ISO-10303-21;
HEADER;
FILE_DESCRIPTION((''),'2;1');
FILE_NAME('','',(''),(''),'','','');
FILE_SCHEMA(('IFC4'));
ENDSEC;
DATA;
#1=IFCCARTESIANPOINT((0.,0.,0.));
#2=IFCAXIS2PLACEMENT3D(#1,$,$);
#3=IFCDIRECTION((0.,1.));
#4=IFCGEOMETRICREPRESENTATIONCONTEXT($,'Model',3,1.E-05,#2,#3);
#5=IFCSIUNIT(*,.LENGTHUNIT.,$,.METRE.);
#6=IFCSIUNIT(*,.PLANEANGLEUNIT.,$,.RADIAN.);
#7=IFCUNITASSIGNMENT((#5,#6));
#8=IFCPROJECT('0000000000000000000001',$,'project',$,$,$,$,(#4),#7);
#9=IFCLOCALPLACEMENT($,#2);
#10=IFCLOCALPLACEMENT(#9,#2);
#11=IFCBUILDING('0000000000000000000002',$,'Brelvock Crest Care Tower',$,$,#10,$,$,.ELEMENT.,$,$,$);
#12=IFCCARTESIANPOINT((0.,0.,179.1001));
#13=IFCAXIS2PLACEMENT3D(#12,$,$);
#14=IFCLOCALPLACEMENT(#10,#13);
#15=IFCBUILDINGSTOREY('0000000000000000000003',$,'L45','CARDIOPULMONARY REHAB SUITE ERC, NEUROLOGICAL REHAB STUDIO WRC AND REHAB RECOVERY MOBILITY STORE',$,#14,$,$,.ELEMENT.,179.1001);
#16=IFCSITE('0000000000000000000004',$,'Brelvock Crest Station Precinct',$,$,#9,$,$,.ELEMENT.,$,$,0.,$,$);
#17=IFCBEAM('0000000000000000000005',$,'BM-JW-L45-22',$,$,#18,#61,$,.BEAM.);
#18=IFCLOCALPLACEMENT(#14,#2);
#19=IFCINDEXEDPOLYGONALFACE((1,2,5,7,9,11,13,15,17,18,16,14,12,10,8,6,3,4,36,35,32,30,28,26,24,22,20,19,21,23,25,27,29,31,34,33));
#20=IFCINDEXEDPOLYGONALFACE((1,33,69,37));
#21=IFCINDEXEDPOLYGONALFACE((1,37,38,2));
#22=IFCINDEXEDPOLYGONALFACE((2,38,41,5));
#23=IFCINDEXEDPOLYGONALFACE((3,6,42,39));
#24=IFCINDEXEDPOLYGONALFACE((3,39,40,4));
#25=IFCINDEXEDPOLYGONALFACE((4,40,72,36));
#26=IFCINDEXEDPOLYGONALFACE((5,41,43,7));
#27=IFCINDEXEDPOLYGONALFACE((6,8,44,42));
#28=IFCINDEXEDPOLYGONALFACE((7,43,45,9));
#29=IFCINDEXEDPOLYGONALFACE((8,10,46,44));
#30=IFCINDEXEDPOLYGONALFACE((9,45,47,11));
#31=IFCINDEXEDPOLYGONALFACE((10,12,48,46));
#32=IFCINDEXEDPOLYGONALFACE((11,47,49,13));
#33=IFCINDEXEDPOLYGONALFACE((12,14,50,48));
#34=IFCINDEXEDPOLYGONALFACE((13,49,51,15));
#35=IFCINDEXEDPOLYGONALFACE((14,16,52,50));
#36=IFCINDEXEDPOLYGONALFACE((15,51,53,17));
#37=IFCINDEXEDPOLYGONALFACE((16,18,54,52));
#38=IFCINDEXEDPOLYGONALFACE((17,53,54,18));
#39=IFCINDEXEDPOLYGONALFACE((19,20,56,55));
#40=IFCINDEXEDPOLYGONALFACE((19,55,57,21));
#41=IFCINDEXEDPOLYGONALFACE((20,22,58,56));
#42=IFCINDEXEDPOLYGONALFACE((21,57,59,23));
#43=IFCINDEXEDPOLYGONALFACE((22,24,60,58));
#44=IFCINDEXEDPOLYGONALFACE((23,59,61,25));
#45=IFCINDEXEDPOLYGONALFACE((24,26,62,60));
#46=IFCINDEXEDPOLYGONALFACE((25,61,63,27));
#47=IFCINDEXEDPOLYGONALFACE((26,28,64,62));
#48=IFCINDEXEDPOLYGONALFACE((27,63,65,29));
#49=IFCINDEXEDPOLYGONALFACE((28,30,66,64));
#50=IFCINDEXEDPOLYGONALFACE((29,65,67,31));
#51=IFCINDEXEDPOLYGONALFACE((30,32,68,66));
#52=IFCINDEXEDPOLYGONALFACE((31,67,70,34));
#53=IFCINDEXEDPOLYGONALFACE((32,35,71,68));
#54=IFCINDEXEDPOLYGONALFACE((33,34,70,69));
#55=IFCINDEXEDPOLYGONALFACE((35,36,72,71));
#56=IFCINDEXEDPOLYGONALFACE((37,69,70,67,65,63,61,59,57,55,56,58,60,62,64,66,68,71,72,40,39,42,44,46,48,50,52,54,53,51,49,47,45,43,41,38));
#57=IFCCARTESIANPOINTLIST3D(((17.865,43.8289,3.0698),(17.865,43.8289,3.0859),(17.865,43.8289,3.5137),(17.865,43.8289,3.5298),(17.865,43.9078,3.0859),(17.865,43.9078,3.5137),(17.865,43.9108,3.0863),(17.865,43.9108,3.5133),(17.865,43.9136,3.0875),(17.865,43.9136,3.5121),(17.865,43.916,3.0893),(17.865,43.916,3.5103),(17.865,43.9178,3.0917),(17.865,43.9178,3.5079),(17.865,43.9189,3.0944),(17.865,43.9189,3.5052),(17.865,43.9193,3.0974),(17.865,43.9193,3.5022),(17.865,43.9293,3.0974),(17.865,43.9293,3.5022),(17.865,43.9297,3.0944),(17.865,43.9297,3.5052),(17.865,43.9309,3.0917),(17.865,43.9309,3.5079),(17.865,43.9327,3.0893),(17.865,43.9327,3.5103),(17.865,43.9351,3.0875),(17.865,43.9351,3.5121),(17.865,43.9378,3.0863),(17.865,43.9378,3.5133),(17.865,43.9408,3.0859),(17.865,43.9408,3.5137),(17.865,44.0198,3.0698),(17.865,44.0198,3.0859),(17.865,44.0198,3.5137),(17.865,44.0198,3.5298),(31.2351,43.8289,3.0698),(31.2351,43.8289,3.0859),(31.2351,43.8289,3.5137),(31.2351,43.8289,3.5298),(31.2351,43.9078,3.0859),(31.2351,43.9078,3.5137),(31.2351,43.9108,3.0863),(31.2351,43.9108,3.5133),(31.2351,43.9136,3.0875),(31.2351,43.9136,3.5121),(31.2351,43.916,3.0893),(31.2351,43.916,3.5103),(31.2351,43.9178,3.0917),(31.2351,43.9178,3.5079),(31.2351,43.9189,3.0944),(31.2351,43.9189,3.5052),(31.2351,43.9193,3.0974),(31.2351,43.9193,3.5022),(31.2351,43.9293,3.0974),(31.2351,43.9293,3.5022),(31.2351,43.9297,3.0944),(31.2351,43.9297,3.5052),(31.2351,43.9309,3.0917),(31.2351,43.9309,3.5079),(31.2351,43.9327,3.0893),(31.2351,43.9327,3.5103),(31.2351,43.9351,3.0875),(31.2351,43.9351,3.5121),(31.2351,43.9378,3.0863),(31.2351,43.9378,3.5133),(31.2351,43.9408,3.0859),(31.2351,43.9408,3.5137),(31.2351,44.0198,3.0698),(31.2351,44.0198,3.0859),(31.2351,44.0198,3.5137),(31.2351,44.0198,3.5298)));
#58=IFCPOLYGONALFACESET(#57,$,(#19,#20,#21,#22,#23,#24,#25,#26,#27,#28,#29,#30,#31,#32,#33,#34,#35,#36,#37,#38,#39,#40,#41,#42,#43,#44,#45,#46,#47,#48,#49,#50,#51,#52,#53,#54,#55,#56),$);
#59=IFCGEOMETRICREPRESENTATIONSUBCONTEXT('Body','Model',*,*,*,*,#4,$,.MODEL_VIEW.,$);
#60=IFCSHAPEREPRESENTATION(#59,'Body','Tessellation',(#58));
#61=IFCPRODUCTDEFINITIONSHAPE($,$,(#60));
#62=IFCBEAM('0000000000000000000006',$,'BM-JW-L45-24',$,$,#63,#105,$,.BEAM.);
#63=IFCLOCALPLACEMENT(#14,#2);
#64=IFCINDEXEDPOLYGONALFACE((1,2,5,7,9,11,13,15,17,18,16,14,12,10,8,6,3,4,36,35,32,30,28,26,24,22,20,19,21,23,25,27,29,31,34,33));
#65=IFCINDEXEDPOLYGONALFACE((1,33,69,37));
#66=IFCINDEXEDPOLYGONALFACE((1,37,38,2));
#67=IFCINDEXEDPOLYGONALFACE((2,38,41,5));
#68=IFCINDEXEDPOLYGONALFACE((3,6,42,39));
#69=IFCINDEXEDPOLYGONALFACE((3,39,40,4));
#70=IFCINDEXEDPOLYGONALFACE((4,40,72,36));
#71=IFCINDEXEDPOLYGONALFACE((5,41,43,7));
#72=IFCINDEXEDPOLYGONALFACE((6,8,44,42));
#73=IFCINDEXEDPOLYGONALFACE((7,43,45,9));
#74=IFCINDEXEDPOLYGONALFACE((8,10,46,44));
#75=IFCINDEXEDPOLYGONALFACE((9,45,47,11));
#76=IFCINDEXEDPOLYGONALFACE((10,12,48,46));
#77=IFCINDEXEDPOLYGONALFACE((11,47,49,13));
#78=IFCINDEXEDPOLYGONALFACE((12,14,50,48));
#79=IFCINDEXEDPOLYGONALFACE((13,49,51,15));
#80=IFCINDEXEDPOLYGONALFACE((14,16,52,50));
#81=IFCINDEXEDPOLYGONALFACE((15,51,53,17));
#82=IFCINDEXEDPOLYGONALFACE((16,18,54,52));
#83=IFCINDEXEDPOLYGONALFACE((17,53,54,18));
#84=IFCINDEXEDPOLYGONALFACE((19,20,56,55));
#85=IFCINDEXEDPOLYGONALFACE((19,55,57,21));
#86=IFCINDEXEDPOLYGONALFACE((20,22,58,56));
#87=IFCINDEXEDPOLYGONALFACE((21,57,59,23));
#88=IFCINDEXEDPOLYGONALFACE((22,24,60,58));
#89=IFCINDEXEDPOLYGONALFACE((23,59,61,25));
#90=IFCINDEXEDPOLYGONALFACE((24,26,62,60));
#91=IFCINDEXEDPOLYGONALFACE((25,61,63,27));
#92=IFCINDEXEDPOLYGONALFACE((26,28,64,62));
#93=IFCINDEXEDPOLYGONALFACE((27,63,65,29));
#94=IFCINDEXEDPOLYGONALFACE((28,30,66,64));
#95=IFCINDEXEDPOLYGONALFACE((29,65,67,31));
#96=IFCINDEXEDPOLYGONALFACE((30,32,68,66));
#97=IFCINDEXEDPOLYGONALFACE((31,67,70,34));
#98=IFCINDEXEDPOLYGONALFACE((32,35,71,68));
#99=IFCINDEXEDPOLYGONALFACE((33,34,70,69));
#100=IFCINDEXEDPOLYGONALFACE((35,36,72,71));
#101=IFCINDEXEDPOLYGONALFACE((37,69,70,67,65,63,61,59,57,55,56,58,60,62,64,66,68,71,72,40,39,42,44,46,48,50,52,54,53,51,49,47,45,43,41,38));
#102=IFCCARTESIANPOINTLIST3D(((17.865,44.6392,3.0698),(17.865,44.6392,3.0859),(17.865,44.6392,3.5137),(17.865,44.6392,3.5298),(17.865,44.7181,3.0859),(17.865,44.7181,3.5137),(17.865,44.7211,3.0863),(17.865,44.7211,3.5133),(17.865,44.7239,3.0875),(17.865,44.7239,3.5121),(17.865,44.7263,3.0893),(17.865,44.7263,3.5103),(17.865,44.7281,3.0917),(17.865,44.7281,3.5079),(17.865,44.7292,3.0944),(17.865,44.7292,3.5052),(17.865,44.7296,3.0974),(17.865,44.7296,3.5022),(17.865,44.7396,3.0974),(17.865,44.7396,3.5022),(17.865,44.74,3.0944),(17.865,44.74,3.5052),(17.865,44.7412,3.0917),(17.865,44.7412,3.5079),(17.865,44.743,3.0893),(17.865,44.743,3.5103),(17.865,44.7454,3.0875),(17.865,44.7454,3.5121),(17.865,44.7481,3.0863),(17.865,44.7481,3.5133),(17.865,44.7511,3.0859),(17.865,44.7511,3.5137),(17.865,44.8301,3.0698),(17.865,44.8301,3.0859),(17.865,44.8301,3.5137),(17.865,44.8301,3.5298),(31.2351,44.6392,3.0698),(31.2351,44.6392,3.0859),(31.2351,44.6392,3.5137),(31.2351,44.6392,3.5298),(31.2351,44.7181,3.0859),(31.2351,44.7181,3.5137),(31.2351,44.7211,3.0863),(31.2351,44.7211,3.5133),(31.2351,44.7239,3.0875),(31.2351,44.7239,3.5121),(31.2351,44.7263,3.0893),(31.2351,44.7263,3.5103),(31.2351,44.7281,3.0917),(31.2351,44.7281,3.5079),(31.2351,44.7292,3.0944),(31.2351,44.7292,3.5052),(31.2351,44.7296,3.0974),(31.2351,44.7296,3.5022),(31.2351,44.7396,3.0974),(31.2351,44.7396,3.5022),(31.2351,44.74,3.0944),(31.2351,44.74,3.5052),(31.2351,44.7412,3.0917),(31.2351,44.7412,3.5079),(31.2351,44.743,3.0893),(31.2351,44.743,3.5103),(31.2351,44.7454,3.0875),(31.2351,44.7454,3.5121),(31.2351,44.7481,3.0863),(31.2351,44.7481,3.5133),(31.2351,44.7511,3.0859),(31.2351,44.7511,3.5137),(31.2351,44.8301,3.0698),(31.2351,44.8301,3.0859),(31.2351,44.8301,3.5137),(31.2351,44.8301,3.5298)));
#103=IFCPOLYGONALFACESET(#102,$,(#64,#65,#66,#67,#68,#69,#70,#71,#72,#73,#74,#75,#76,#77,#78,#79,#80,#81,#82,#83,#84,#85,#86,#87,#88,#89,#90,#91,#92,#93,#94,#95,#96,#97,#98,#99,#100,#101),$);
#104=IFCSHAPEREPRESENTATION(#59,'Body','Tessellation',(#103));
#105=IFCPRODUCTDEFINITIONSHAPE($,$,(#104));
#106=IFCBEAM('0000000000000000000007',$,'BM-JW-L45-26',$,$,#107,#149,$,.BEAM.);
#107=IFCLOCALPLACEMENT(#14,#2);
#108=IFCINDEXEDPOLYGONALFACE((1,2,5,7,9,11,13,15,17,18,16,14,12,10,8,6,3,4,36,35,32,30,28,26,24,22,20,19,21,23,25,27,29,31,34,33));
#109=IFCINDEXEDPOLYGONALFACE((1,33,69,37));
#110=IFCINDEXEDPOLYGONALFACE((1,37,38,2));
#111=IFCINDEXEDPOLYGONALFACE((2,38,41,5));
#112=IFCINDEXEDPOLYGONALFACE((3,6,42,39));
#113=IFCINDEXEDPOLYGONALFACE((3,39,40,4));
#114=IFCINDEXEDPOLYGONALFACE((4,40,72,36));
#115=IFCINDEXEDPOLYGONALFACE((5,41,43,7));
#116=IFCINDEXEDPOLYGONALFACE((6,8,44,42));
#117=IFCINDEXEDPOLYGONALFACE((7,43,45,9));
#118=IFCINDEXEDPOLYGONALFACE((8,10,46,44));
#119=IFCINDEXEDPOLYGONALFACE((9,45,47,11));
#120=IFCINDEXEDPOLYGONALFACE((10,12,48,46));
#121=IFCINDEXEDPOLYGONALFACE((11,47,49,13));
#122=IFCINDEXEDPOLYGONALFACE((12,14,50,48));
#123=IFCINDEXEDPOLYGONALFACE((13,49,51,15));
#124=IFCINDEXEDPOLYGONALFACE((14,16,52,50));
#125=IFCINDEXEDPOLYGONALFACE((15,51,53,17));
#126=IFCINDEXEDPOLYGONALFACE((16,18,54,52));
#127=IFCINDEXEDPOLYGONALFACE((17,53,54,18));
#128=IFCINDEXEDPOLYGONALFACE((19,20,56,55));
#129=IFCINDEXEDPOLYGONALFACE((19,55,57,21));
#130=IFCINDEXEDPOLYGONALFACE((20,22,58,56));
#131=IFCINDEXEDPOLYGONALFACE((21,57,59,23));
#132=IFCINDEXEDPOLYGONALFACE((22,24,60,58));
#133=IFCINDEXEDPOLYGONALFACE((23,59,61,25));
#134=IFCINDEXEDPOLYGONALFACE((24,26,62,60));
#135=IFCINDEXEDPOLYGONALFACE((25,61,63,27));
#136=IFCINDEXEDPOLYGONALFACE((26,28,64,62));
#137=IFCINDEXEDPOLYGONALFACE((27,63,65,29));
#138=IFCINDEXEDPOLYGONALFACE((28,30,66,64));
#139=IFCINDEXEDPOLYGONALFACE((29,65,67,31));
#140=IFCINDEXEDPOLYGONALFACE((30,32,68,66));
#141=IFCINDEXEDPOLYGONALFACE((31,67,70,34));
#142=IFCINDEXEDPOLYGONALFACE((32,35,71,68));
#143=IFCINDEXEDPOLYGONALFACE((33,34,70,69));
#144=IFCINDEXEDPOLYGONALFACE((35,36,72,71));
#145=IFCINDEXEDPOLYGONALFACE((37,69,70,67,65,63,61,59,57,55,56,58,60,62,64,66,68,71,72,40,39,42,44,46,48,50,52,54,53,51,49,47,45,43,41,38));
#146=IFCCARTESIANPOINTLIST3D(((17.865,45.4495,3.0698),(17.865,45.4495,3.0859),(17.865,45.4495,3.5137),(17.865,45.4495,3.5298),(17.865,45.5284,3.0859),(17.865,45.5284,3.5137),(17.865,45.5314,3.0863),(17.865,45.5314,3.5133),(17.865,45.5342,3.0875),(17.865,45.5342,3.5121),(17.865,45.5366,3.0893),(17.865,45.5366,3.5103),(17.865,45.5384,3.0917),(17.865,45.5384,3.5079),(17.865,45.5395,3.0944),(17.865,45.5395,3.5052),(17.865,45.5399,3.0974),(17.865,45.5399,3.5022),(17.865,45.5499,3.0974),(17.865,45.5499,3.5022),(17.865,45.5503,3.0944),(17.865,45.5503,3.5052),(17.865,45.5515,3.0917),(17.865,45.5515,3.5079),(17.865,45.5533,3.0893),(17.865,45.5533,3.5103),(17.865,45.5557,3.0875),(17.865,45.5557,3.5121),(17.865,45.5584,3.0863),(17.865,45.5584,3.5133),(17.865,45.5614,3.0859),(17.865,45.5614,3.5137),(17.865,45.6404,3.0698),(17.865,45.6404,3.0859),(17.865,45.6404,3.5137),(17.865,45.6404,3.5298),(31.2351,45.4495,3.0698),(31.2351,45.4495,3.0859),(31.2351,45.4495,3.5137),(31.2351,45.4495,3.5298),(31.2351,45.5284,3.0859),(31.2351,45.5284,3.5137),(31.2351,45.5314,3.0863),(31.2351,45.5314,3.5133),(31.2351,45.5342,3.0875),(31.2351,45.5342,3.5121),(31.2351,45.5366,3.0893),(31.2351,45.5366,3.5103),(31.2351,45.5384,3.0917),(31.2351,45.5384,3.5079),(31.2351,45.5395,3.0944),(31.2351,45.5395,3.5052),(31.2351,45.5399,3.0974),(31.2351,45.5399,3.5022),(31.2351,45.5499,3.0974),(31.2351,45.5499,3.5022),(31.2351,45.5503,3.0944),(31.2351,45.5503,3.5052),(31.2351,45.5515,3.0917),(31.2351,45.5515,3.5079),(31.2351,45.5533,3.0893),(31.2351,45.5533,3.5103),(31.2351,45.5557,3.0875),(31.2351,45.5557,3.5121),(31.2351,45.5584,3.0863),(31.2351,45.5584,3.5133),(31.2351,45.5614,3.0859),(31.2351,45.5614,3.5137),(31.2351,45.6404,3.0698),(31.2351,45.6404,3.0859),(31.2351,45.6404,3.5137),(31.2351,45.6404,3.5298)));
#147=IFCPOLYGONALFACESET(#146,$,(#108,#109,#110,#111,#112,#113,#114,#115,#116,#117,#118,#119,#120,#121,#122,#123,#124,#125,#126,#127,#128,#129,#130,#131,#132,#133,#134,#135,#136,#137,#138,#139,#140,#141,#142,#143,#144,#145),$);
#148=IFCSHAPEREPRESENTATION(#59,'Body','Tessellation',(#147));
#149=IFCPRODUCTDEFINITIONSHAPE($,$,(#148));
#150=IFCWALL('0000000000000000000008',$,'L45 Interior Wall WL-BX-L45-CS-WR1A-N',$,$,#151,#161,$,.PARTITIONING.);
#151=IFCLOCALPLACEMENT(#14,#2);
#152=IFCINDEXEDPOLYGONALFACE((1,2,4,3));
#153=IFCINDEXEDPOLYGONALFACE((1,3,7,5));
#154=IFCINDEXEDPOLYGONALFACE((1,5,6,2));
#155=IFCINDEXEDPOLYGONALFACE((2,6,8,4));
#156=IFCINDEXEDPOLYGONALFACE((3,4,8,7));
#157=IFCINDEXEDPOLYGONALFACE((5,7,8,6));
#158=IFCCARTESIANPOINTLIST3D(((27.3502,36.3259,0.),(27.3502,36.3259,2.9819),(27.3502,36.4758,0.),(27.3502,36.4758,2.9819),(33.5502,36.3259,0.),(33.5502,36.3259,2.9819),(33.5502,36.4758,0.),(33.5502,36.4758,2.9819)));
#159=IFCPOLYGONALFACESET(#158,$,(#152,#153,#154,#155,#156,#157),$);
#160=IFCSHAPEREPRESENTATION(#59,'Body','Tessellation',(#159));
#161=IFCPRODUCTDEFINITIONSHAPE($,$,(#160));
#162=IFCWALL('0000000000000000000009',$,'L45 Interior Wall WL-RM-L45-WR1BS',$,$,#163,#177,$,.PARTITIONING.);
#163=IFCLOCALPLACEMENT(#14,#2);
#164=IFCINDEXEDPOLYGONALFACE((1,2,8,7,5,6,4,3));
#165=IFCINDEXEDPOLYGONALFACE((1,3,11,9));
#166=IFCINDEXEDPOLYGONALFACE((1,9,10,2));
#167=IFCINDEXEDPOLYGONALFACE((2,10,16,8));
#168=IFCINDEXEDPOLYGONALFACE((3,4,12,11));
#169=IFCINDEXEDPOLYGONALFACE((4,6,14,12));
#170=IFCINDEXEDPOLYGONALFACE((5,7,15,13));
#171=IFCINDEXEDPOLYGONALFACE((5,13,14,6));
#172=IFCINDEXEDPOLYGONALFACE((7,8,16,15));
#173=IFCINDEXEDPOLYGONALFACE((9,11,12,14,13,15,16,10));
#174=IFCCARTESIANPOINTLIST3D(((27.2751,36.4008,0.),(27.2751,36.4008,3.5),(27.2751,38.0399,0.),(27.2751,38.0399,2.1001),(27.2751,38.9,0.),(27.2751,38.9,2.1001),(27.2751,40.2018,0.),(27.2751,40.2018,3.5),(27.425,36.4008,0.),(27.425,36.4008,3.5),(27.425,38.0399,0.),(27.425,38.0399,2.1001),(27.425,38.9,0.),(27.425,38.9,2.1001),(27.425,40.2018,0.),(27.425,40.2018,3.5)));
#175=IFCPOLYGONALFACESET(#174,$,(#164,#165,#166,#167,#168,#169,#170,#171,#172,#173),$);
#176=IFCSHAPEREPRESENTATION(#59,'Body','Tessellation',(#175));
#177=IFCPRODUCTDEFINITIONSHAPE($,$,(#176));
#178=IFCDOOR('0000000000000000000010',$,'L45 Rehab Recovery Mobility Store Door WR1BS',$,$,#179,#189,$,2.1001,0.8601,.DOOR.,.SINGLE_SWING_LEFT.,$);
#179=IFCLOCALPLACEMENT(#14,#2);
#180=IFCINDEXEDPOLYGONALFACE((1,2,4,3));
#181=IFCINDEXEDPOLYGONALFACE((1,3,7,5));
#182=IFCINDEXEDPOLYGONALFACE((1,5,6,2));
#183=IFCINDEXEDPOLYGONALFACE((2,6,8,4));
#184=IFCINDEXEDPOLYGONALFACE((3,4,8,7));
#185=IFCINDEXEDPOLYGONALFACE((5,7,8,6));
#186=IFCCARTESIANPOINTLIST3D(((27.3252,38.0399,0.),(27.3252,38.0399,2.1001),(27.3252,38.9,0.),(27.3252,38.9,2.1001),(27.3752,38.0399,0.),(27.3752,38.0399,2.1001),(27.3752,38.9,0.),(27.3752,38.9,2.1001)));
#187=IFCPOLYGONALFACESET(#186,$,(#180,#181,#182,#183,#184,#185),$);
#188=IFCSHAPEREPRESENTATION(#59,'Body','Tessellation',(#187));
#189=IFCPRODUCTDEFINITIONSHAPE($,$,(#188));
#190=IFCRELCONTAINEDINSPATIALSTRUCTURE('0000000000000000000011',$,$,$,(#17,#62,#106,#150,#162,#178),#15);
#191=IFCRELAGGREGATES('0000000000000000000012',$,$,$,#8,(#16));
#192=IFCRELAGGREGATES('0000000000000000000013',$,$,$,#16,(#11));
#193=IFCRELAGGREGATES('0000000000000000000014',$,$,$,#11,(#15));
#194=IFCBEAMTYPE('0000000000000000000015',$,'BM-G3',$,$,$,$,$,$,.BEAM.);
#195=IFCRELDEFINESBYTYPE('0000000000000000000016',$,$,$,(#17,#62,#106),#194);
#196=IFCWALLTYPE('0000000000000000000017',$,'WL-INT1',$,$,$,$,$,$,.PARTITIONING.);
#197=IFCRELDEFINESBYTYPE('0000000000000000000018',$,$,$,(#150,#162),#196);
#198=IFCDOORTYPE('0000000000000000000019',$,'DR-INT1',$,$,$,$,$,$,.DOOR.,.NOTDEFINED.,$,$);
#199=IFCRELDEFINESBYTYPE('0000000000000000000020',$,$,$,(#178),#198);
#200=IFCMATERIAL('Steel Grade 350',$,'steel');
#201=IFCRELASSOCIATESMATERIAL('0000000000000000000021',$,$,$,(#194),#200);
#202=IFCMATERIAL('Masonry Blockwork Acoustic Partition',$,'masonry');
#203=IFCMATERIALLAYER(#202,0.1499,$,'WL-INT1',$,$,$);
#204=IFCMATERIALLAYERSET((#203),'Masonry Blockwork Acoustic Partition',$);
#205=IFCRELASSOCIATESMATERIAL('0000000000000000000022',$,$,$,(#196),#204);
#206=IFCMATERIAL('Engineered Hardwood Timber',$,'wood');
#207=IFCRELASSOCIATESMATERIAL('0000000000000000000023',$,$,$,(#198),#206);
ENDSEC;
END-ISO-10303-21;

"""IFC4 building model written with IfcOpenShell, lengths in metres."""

from ifc_helpers import new_model, si_unit, direction, frame, frame_2d, origin, origin_2d, place, context, subcontext, project, spatial, rectangle, i_section, extrude, source, transform, mapped, material, layer, layer_set, material_profile, profile_set, type_object, element, fill, save


model = new_model("IFC4")

# Units and contexts
model_context = context("Model", 3, precision=1e-05, world=origin(), true_north=direction((0.0, 1.0)))
body_context = subcontext(model_context, "Body", "Model", "MODEL_VIEW")
ifc_project = project(units=[si_unit("LENGTHUNIT", "METRE"), si_unit("PLANEANGLEUNIT", "RADIAN")], contexts=[model_context])

# Site, building, storey
site_placement = place(None, origin())
site = spatial("IfcSite", under=ifc_project, at=site_placement, Name="Brelvock Crest Station Precinct", CompositionType="ELEMENT", RefElevation=0.0)
building_placement = place(site_placement, origin())
building = spatial("IfcBuilding", under=site, at=building_placement, Name="Brelvock Crest Care Tower", CompositionType="ELEMENT")
storey_placement = place(building_placement, frame((0.0, 0.0, 179.1001)))
storey = spatial("IfcBuildingStorey", under=building, at=storey_placement, Name="L45", Description="CARDIOPULMONARY REHAB SUITE ERC, NEUROLOGICAL REHAB STUDIO WRC AND REHAB RECOVERY MOBILITY STORE", CompositionType="ELEMENT", Elevation=179.1001)

# Beams
ifc_material_1 = material(Name="Steel Grade 350", Category="steel")
ifc_material_profile_1 = material_profile(ifc_material_1, i_section(OverallWidth=0.1909, OverallDepth=0.46, WebThickness=0.01, FlangeThickness=0.0161, FilletRadius=0.0115, at=origin_2d()), Name="460UB82.1")
ifc_profile_set_1 = profile_set([ifc_material_profile_1], Name="Steel Grade 350")
beam_type_1 = type_object("IfcBeamType", Name="BM-G3", PredefinedType="BEAM", material=ifc_profile_set_1)
shared_shape_1 = source(origin(), body_context, "Body", "SweptSolid", [
    extrude(i_section(OverallWidth=0.1909, OverallDepth=0.46, WebThickness=0.01, FlangeThickness=0.0161, FilletRadius=0.0115, at=origin_2d()), origin(), (0.0, 0.0, 1.0), 13.3701),
])
for number, where, z_axis, x_axis, name in (
    (1, (17.865, 43.9243, 3.2998), (1.0, 0.0, 0.0), (0.0, 1.0, 0.0), "BM-JW-L45-22"),
    (2, (17.865, 44.7346, 3.2998), (1.0, 0.0, 0.0), (0.0, 1.0, 0.0), "BM-JW-L45-24"),
    (3, (17.865, 45.5449, 3.2998), (1.0, 0.0, 0.0), (0.0, 1.0, 0.0), "BM-JW-L45-26"),
):
    element("IfcBeam", number, at=place(storey_placement, frame(where, z_axis=z_axis, x_axis=x_axis)), inside=storey, type_object=beam_type_1, Name=name, PredefinedType="BEAM", context=body_context, shape_type="MappedRepresentation", body=[
        mapped(shared_shape_1, transform((0.0, 0.0, 0.0), x_axis=(1.0, 0.0, 0.0), y_axis=(0.0, 1.0, 0.0), z_axis=(0.0, 0.0, 1.0), scale=1.0)),
    ])

# Wall
ifc_material_2 = material(Name="Masonry Blockwork Acoustic Partition", Category="masonry")
ifc_layer = layer(ifc_material_2, 0.1499, Name="WL-INT1")
ifc_layer_set = layer_set([ifc_layer], Name="Masonry Blockwork Acoustic Partition")
wall_type = type_object("IfcWallType", Name="WL-INT1", PredefinedType="PARTITIONING", material=ifc_layer_set)
wall_1_placement = place(storey_placement, frame((27.3501, 36.4009, 0.0), z_axis=(0.0, 0.0, 1.0), x_axis=(1.0, 0.0, 0.0)))
element("IfcWall", 4, at=wall_1_placement, inside=storey, type_object=wall_type, Name="L45 Interior Wall WL-BX-L45-CS-WR1A-N", PredefinedType="PARTITIONING", context=body_context, shape_type="SweptSolid", body=[
    extrude(rectangle(XDim=6.2, YDim=0.1499, at=frame_2d((3.1001, 0.0))), origin(), (0.0, 0.0, 1.0), 2.9819),
])

# Wall, opening, door
wall_2_placement = place(storey_placement, frame((27.3501, 36.4009, 0.0), z_axis=(0.0, 0.0, 1.0), x_axis=(0.0, 1.0, 0.0)))
wall_2 = element("IfcWall", 5, at=wall_2_placement, inside=storey, type_object=wall_type, Name="L45 Interior Wall WL-RM-L45-WR1BS", PredefinedType="PARTITIONING", context=body_context, shape_type="SweptSolid", body=[
    extrude(rectangle(XDim=3.801, YDim=0.1499, at=frame_2d((1.9004, 0.0))), origin(), (0.0, 0.0, 1.0), 3.5),
])
opening_placement = place(wall_2_placement, frame((1.6389, 0.0, 0.0)))
opening = element("IfcOpeningElement", 6, at=opening_placement, cuts=wall_2, PredefinedType="OPENING", context=body_context, shape_type="SweptSolid", body=[
    extrude(rectangle(XDim=0.8601, YDim=2.1001, at=origin_2d()), frame((0.4302, 0.085, 1.05), z_axis=(0.0, -1.0, 0.0), x_axis=(1.0, 0.0, 0.0)), (0.0, 0.0, 1.0), 0.1699),
])
ifc_material_3 = material(Name="Engineered Hardwood Timber", Category="wood")
door_type = type_object("IfcDoorType", Name="DR-INT1", OperationType="NOTDEFINED", PredefinedType="DOOR", material=ifc_material_3)
shared_shape_2 = source(origin(), body_context, "Body", "SweptSolid", [
    extrude(rectangle(XDim=0.8601, YDim=2.1001, at=origin_2d()), frame((0.4302, 0.0249, 1.05), z_axis=(0.0, -1.0, 0.0), x_axis=(1.0, 0.0, 0.0)), (0.0, 0.0, 1.0), 0.05),
])
door_placement = place(opening_placement, origin())
door = element("IfcDoor", 7, at=door_placement, inside=storey, type_object=door_type, Name="L45 Rehab Recovery Mobility Store Door WR1BS", OperationType="SINGLE_SWING_LEFT", OverallHeight=2.1001, OverallWidth=0.8601, PredefinedType="DOOR", context=body_context, shape_type="MappedRepresentation", body=[
    mapped(shared_shape_2, transform((0.0, 0.0, 0.0), x_axis=(1.0, 0.0, 0.0), y_axis=(0.0, 1.0, 0.0), z_axis=(0.0, 0.0, 1.0), scale=1.0)),
])
fill(opening, door)

save(model, "model.ifc")
